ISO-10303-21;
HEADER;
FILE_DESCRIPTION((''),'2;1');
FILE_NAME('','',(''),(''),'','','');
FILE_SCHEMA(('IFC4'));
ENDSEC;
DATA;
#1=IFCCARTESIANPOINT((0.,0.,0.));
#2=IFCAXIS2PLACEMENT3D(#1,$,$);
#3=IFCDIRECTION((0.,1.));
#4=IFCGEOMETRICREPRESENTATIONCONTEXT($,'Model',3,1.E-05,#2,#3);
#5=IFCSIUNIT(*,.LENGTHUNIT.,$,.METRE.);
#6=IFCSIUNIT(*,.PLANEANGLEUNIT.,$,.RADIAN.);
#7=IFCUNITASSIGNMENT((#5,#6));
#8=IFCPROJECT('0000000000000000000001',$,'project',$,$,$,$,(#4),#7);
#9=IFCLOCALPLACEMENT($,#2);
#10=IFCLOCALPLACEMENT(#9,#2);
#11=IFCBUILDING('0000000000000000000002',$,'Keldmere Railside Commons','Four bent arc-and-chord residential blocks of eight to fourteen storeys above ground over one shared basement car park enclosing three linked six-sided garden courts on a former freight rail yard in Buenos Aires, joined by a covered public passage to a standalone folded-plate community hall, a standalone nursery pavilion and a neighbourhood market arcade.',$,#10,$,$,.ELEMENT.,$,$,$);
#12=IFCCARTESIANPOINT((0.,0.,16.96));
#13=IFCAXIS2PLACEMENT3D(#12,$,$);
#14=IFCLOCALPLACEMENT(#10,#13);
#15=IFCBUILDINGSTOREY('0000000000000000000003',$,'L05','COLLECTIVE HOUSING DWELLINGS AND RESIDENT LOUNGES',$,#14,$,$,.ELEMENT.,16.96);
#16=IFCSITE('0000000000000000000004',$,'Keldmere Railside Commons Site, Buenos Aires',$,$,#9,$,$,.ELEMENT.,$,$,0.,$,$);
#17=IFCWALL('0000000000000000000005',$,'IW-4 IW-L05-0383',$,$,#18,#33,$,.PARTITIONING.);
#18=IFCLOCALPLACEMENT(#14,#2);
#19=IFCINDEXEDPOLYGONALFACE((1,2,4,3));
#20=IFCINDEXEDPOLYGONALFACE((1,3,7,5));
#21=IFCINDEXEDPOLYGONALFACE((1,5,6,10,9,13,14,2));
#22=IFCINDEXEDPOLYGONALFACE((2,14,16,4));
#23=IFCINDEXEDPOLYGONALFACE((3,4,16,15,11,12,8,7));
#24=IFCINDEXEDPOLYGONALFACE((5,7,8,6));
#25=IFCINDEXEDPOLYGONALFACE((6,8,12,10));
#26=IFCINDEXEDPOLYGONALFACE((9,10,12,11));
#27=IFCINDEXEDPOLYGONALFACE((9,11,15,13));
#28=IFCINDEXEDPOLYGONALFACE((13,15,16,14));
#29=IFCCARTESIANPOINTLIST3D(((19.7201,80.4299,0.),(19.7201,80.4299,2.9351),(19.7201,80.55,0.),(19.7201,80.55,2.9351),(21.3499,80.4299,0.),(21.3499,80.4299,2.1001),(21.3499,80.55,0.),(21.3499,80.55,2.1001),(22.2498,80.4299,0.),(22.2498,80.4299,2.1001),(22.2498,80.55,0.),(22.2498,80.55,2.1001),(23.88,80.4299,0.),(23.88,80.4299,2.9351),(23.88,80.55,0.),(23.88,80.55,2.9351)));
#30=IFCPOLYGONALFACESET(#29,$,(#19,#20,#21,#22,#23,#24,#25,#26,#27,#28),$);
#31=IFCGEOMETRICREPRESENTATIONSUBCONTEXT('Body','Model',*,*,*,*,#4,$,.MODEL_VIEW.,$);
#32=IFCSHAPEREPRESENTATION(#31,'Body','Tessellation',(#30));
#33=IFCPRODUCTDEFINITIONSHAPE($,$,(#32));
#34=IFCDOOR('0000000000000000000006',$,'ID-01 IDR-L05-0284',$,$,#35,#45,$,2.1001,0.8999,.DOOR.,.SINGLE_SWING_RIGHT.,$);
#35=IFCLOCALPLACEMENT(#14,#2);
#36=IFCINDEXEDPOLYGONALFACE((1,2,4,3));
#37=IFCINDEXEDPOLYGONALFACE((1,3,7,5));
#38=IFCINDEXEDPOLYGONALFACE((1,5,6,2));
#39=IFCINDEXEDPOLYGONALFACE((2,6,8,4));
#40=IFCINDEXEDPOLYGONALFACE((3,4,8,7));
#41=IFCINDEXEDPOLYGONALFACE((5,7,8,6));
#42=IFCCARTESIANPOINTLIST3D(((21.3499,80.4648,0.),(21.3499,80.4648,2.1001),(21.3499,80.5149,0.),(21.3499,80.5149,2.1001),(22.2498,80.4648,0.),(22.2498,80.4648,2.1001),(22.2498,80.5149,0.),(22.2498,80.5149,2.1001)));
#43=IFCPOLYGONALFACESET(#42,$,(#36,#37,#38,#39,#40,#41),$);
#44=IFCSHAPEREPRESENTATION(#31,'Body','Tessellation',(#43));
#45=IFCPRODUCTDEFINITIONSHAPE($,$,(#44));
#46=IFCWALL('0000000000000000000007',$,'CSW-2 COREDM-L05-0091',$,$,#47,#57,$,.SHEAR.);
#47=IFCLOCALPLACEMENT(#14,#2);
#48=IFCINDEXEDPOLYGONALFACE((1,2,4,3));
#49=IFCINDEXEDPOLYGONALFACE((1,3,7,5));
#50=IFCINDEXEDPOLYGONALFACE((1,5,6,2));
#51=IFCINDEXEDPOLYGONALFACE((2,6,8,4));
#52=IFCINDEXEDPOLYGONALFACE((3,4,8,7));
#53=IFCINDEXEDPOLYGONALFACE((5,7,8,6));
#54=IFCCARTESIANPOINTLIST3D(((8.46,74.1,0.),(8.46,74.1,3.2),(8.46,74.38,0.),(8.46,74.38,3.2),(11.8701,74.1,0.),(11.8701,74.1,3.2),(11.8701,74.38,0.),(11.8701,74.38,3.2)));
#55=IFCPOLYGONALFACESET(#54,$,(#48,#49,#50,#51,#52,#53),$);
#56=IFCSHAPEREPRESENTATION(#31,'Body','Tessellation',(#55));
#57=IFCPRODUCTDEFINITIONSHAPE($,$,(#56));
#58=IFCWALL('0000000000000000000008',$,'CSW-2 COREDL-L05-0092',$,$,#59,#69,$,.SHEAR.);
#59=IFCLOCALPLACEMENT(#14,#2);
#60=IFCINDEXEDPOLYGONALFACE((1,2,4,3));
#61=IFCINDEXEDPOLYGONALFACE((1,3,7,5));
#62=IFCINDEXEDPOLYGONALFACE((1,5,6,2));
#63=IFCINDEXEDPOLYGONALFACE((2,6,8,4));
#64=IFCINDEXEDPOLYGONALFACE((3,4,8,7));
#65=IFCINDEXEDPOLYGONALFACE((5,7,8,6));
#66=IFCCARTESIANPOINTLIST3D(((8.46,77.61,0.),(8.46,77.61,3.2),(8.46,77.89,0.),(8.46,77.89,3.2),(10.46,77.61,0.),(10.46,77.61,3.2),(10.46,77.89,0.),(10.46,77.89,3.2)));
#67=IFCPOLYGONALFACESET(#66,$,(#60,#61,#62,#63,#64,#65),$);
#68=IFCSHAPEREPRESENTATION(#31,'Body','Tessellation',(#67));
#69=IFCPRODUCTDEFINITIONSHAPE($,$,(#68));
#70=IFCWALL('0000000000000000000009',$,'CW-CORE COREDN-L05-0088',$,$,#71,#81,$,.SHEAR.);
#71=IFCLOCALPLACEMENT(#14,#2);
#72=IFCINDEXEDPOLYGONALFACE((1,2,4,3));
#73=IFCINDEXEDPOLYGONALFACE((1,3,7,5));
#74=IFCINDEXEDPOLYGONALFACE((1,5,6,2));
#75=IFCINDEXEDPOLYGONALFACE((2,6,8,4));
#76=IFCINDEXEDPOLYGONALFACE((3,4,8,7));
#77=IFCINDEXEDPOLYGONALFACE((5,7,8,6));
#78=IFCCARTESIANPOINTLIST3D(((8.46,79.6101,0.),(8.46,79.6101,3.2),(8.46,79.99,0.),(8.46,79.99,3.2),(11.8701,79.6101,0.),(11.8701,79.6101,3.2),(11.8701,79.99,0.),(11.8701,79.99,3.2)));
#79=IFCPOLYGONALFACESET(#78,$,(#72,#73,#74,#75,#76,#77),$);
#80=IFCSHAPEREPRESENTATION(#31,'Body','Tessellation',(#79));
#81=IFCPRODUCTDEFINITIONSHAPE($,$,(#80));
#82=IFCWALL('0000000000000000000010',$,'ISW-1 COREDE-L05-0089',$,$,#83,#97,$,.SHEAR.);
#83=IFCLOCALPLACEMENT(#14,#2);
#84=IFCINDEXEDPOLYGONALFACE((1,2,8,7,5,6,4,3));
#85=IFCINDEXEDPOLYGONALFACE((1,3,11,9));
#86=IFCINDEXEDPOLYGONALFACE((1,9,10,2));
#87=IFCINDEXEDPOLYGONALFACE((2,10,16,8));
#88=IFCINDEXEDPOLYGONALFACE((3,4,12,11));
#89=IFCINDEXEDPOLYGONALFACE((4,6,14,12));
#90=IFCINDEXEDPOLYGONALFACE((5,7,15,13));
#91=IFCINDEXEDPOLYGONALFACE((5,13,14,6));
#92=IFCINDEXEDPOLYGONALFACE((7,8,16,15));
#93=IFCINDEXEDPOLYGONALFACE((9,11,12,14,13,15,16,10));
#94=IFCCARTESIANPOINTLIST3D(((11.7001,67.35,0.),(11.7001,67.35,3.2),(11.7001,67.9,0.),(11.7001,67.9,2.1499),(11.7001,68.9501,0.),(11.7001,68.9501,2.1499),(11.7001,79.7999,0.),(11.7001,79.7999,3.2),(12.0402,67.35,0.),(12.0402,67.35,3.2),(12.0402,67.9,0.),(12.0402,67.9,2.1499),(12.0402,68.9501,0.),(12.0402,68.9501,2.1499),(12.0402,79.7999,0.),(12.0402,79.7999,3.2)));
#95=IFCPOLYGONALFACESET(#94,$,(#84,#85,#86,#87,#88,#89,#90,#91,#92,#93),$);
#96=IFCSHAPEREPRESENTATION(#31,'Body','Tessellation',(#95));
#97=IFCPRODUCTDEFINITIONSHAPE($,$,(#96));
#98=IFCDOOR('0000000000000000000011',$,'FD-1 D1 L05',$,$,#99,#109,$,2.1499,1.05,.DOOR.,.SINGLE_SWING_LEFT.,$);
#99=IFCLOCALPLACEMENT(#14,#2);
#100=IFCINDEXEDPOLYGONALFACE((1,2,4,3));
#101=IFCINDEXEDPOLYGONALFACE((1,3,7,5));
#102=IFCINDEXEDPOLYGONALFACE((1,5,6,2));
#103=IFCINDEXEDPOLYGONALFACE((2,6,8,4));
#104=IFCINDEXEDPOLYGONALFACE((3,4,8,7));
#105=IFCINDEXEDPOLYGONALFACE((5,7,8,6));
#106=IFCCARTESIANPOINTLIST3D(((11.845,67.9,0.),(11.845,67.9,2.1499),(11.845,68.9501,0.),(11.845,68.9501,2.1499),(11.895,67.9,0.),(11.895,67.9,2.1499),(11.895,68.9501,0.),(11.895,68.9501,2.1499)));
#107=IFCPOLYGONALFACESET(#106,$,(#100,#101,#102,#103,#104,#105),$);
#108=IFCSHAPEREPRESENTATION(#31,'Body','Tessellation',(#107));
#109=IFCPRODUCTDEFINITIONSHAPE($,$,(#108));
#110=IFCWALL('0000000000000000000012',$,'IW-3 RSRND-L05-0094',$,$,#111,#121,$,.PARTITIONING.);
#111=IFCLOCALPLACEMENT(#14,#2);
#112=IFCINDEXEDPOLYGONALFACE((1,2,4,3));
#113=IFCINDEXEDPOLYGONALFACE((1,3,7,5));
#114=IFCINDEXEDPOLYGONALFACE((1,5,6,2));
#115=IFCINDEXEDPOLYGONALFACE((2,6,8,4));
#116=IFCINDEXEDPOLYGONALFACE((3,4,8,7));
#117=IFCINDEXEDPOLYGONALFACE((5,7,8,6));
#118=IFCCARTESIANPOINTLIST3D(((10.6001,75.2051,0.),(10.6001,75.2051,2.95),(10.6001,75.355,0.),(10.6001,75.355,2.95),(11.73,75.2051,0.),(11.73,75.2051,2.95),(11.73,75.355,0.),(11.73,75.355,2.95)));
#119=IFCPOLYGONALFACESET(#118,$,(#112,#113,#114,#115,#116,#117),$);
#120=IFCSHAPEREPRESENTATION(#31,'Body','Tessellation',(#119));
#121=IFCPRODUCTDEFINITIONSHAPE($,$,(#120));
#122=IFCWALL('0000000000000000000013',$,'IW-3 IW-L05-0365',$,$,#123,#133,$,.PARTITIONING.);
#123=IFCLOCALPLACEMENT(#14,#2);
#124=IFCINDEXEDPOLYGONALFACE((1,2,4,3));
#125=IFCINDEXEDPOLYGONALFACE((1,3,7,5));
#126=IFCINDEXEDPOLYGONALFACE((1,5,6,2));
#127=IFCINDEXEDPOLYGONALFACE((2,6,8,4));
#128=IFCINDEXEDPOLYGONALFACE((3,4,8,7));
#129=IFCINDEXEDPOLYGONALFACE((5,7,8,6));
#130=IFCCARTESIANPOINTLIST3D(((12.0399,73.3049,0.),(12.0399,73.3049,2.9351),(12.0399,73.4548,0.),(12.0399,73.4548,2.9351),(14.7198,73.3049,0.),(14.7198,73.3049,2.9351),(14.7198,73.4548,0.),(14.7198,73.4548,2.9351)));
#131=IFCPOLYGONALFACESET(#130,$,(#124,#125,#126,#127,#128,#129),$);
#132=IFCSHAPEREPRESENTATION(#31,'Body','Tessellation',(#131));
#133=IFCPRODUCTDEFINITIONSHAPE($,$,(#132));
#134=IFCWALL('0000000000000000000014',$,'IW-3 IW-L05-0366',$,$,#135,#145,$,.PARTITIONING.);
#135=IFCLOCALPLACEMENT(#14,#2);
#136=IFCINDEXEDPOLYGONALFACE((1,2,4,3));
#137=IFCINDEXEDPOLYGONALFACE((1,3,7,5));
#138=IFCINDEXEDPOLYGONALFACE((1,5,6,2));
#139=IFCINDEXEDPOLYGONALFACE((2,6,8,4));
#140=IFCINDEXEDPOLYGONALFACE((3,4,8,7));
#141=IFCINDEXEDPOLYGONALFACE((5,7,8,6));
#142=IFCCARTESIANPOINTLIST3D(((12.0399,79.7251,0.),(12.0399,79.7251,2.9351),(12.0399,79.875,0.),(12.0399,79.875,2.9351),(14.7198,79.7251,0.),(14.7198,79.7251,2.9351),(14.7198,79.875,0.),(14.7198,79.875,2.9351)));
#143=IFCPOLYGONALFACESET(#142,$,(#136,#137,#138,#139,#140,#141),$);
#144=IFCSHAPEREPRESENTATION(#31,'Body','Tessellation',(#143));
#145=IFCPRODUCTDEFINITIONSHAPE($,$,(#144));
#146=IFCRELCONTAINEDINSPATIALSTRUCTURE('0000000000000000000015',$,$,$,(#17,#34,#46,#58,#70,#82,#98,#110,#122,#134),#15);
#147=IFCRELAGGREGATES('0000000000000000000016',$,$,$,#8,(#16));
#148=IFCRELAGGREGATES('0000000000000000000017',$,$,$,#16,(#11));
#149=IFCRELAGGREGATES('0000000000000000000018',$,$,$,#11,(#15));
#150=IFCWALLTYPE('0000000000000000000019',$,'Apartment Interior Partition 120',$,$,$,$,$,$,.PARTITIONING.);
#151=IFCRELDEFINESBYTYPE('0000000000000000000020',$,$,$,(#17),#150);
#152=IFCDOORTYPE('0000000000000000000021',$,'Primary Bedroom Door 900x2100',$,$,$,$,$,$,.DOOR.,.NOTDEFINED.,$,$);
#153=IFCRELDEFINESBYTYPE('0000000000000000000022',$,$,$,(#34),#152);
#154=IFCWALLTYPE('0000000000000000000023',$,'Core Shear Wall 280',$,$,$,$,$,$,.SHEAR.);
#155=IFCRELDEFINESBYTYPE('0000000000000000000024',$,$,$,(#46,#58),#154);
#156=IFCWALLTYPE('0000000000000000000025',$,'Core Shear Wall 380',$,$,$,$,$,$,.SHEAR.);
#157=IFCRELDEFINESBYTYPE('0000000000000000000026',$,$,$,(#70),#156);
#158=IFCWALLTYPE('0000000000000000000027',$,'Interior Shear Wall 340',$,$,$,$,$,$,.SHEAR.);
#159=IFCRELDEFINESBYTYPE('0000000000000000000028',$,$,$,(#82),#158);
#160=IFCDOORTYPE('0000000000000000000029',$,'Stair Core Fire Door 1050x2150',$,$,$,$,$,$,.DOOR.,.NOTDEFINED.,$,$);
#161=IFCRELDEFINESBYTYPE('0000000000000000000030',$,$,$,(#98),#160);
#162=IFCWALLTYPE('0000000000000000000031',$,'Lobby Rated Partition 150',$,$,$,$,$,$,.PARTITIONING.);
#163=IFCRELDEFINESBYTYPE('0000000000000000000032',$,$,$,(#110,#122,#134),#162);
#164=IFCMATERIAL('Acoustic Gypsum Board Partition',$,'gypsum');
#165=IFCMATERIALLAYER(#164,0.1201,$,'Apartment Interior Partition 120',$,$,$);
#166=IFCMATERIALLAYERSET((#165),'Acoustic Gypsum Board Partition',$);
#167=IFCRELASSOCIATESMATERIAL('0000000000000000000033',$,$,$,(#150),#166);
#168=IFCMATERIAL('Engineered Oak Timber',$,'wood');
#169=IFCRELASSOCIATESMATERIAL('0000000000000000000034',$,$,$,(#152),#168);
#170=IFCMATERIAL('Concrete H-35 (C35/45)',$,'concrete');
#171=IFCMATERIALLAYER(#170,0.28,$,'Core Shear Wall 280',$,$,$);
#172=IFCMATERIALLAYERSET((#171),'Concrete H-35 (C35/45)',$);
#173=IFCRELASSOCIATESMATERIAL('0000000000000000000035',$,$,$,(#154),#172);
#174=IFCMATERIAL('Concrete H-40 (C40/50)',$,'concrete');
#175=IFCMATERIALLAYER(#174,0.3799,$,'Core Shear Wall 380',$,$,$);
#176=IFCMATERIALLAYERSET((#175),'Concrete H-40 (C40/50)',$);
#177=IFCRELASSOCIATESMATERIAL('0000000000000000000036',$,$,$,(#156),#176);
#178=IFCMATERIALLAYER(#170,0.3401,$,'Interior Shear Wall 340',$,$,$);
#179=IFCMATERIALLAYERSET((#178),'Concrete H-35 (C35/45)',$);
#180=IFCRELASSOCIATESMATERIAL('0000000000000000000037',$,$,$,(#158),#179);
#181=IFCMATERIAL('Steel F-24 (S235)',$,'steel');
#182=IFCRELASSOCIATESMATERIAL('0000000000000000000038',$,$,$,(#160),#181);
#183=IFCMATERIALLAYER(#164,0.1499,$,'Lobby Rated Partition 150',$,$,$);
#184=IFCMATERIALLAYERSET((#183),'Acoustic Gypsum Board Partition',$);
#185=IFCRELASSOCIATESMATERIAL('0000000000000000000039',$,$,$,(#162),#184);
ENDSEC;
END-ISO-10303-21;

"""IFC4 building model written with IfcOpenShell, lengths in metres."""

from ifc_helpers import new_model, si_unit, direction, frame, frame_2d, origin, place, context, subcontext, project, spatial, rectangle, extrude, material, layer, layer_set, type_object, element, fill, save


model = new_model("IFC4")

# Units and contexts
model_context = context("Model", 3, precision=1e-05, world=origin(), true_north=direction((0.0, 1.0)))
body_context = subcontext(model_context, "Body", "Model", "MODEL_VIEW")
ifc_project = project(units=[si_unit("LENGTHUNIT", "METRE"), si_unit("PLANEANGLEUNIT", "RADIAN")], contexts=[model_context])

# Site, building, storey
site_placement = place(None, origin())
site = spatial("IfcSite", under=ifc_project, at=site_placement, Name="Keldmere Railside Commons Site, Buenos Aires", CompositionType="ELEMENT", RefElevation=0.0)
building_placement = place(site_placement, origin())
building = spatial("IfcBuilding", under=site, at=building_placement, Name="Keldmere Railside Commons", Description="Four bent arc-and-chord residential blocks of eight to fourteen storeys above ground over one shared basement car park enclosing three linked six-sided garden courts on a former freight rail yard in Buenos Aires, joined by a covered public passage to a standalone folded-plate community hall, a standalone nursery pavilion and a neighbourhood market arcade.", CompositionType="ELEMENT")
storey_placement = place(building_placement, frame((0.0, 0.0, 16.96)))
storey = spatial("IfcBuildingStorey", under=building, at=storey_placement, Name="L05", Description="COLLECTIVE HOUSING DWELLINGS AND RESIDENT LOUNGES", CompositionType="ELEMENT", Elevation=16.96)

# Shared definitions
ifc_material_1 = material(Name="Concrete H-35 (C35/45)", Category="concrete")

# Shared definitions
ifc_material_2 = material(Name="Acoustic Gypsum Board Partition", Category="gypsum")

# Shared definitions
ifc_layer_1 = layer(ifc_material_2, 0.1201, Name="Apartment Interior Partition 120")
ifc_layer_set_1 = layer_set([ifc_layer_1], Name="Acoustic Gypsum Board Partition")
wall_type_1 = type_object("IfcWallType", Name="Apartment Interior Partition 120", PredefinedType="PARTITIONING", material=ifc_layer_set_1)
ifc_material_3 = material(Name="Engineered Oak Timber", Category="wood")

# Wall, opening, door
wall_1_placement = place(storey_placement, frame((19.72, 80.49, 0.0), z_axis=(0.0, 0.0, 1.0), x_axis=(1.0, 0.0, 0.0)))
wall_1 = element("IfcWall", 1, at=wall_1_placement, inside=storey, type_object=wall_type_1, Name="IW-4 IW-L05-0383", PredefinedType="PARTITIONING", context=body_context, shape_type="SweptSolid", body=[
    extrude(rectangle(XDim=4.1599, YDim=0.1201, at=frame_2d((2.0801, 0.0))), origin(), (0.0, 0.0, 1.0), 2.9351),
])
opening_1_placement = place(wall_1_placement, frame((1.6299, 0.0, 0.0)))
opening_1 = element("IfcOpeningElement", 2, at=opening_1_placement, cuts=wall_1, PredefinedType="OPENING", context=body_context, shape_type="SweptSolid", body=[
    extrude(rectangle(XDim=0.8999, YDim=2.1001, at=frame_2d((0.45, 1.05))), frame((0.0, 0.0701, 0.0), z_axis=(0.0, -1.0, 0.0), x_axis=(1.0, 0.0, 0.0)), (0.0, 0.0, 1.0), 0.1401),
])
door_type_1 = type_object("IfcDoorType", Name="Primary Bedroom Door 900x2100", OperationType="NOTDEFINED", PredefinedType="DOOR", material=ifc_material_3)
door_1_placement = place(opening_1_placement, origin())
door_1 = element("IfcDoor", 3, at=door_1_placement, inside=storey, type_object=door_type_1, Name="ID-01 IDR-L05-0284", OperationType="SINGLE_SWING_RIGHT", OverallHeight=2.1001, OverallWidth=0.8999, PredefinedType="DOOR", context=body_context, shape_type="SweptSolid", body=[
    extrude(rectangle(XDim=0.8999, YDim=2.1001, at=frame_2d((0.45, 1.05))), frame((0.0, 0.0249, 0.0), z_axis=(0.0, -1.0, 0.0), x_axis=(1.0, 0.0, 0.0)), (0.0, 0.0, 1.0), 0.05),
])
fill(opening_1, door_1)

# Walls
ifc_layer_2 = layer(ifc_material_1, 0.28, Name="Core Shear Wall 280")
ifc_layer_set_2 = layer_set([ifc_layer_2], Name="Concrete H-35 (C35/45)")
wall_type_2 = type_object("IfcWallType", Name="Core Shear Wall 280", PredefinedType="SHEAR", material=ifc_layer_set_2)
wall_2_placement = place(storey_placement, frame((8.46, 74.24, 0.0), z_axis=(0.0, 0.0, 1.0), x_axis=(1.0, 0.0, 0.0)))
element("IfcWall", 4, at=wall_2_placement, inside=storey, type_object=wall_type_2, Name="CSW-2 COREDM-L05-0091", PredefinedType="SHEAR", context=body_context, shape_type="SweptSolid", body=[
    extrude(rectangle(XDim=3.4102, YDim=0.28, at=frame_2d((1.7051, 0.0))), origin(), (0.0, 0.0, 1.0), 3.2),
])
wall_3_placement = place(storey_placement, frame((8.46, 77.75, 0.0), z_axis=(0.0, 0.0, 1.0), x_axis=(1.0, 0.0, 0.0)))
element("IfcWall", 5, at=wall_3_placement, inside=storey, type_object=wall_type_2, Name="CSW-2 COREDL-L05-0092", PredefinedType="SHEAR", context=body_context, shape_type="SweptSolid", body=[
    extrude(rectangle(XDim=2.0, YDim=0.28, at=frame_2d((1.0, 0.0))), origin(), (0.0, 0.0, 1.0), 3.2),
])

# Shared definitions
ifc_material_4 = material(Name="Steel F-24 (S235)", Category="steel")

# Wall
ifc_material_5 = material(Name="Concrete H-40 (C40/50)", Category="concrete")
ifc_layer_3 = layer(ifc_material_5, 0.3799, Name="Core Shear Wall 380")
ifc_layer_set_3 = layer_set([ifc_layer_3], Name="Concrete H-40 (C40/50)")
wall_type_3 = type_object("IfcWallType", Name="Core Shear Wall 380", PredefinedType="SHEAR", material=ifc_layer_set_3)
wall_4_placement = place(storey_placement, frame((8.46, 79.8, 0.0), z_axis=(0.0, 0.0, 1.0), x_axis=(1.0, 0.0, 0.0)))
element("IfcWall", 6, at=wall_4_placement, inside=storey, type_object=wall_type_3, Name="CW-CORE COREDN-L05-0088", PredefinedType="SHEAR", context=body_context, shape_type="SweptSolid", body=[
    extrude(rectangle(XDim=3.4102, YDim=0.3799, at=frame_2d((1.7051, 0.0))), origin(), (0.0, 0.0, 1.0), 3.2),
])

# Wall, opening, door
ifc_layer_4 = layer(ifc_material_1, 0.3401, Name="Interior Shear Wall 340")
ifc_layer_set_4 = layer_set([ifc_layer_4], Name="Concrete H-35 (C35/45)")
wall_type_4 = type_object("IfcWallType", Name="Interior Shear Wall 340", PredefinedType="SHEAR", material=ifc_layer_set_4)
wall_5_placement = place(storey_placement, frame((11.8701, 79.8, 0.0), z_axis=(0.0, 0.0, 1.0), x_axis=(0.0, -1.0, 0.0)))
wall_5 = element("IfcWall", 7, at=wall_5_placement, inside=storey, type_object=wall_type_4, Name="ISW-1 COREDE-L05-0089", PredefinedType="SHEAR", context=body_context, shape_type="SweptSolid", body=[
    extrude(rectangle(XDim=12.45, YDim=0.3401, at=frame_2d((6.2251, 0.0))), origin(), (0.0, 0.0, 1.0), 3.2),
])
opening_2_placement = place(wall_5_placement, frame((10.8501, 0.0, 0.0)))
opening_2 = element("IfcOpeningElement", 8, at=opening_2_placement, cuts=wall_5, PredefinedType="OPENING", context=body_context, shape_type="SweptSolid", body=[
    extrude(rectangle(XDim=1.05, YDim=2.1499, at=frame_2d((0.5249, 1.075))), frame((0.0, 0.1799, 0.0), z_axis=(0.0, -1.0, 0.0), x_axis=(1.0, 0.0, 0.0)), (0.0, 0.0, 1.0), 0.3601),
])
door_type_2 = type_object("IfcDoorType", Name="Stair Core Fire Door 1050x2150", OperationType="NOTDEFINED", PredefinedType="DOOR", material=ifc_material_4)
door_2_placement = place(opening_2_placement, origin())
door_2 = element("IfcDoor", 9, at=door_2_placement, inside=storey, type_object=door_type_2, Name="FD-1 D1 L05", OperationType="SINGLE_SWING_LEFT", OverallHeight=2.1499, OverallWidth=1.05, PredefinedType="DOOR", context=body_context, shape_type="SweptSolid", body=[
    extrude(rectangle(XDim=1.05, YDim=2.1499, at=frame_2d((0.5249, 1.075))), frame((0.0, 0.0249, 0.0), z_axis=(0.0, -1.0, 0.0), x_axis=(1.0, 0.0, 0.0)), (0.0, 0.0, 1.0), 0.05),
])
fill(opening_2, door_2)

# Walls
ifc_layer_5 = layer(ifc_material_2, 0.1499, Name="Lobby Rated Partition 150")
ifc_layer_set_5 = layer_set([ifc_layer_5], Name="Acoustic Gypsum Board Partition")
wall_type_5 = type_object("IfcWallType", Name="Lobby Rated Partition 150", PredefinedType="PARTITIONING", material=ifc_layer_set_5)
wall_6_placement = place(storey_placement, frame((10.6001, 75.28, 0.0), z_axis=(0.0, 0.0, 1.0), x_axis=(1.0, 0.0, 0.0)))
element("IfcWall", 10, at=wall_6_placement, inside=storey, type_object=wall_type_5, Name="IW-3 RSRND-L05-0094", PredefinedType="PARTITIONING", context=body_context, shape_type="SweptSolid", body=[
    extrude(rectangle(XDim=1.1299, YDim=0.1499, at=frame_2d((0.5649, 0.0))), origin(), (0.0, 0.0, 1.0), 2.95),
])
for number, where, z_axis, x_axis, name in (
    (11, (12.04, 73.3799, 0.0), (0.0, 0.0, 1.0), (1.0, 0.0, 0.0), "IW-3 IW-L05-0365"),
    (12, (12.04, 79.8, 0.0), (0.0, 0.0, 1.0), (1.0, 0.0, 0.0), "IW-3 IW-L05-0366"),
):
    element("IfcWall", number, at=place(storey_placement, frame(where, z_axis=z_axis, x_axis=x_axis)), inside=storey, type_object=wall_type_5, Name=name, PredefinedType="PARTITIONING", context=body_context, shape_type="SweptSolid", body=[
        extrude(rectangle(XDim=2.6799, YDim=0.1499, at=frame_2d((1.3398, 0.0))), origin(), (0.0, 0.0, 1.0), 2.9351),
    ])

save(model, "model.ifc")
